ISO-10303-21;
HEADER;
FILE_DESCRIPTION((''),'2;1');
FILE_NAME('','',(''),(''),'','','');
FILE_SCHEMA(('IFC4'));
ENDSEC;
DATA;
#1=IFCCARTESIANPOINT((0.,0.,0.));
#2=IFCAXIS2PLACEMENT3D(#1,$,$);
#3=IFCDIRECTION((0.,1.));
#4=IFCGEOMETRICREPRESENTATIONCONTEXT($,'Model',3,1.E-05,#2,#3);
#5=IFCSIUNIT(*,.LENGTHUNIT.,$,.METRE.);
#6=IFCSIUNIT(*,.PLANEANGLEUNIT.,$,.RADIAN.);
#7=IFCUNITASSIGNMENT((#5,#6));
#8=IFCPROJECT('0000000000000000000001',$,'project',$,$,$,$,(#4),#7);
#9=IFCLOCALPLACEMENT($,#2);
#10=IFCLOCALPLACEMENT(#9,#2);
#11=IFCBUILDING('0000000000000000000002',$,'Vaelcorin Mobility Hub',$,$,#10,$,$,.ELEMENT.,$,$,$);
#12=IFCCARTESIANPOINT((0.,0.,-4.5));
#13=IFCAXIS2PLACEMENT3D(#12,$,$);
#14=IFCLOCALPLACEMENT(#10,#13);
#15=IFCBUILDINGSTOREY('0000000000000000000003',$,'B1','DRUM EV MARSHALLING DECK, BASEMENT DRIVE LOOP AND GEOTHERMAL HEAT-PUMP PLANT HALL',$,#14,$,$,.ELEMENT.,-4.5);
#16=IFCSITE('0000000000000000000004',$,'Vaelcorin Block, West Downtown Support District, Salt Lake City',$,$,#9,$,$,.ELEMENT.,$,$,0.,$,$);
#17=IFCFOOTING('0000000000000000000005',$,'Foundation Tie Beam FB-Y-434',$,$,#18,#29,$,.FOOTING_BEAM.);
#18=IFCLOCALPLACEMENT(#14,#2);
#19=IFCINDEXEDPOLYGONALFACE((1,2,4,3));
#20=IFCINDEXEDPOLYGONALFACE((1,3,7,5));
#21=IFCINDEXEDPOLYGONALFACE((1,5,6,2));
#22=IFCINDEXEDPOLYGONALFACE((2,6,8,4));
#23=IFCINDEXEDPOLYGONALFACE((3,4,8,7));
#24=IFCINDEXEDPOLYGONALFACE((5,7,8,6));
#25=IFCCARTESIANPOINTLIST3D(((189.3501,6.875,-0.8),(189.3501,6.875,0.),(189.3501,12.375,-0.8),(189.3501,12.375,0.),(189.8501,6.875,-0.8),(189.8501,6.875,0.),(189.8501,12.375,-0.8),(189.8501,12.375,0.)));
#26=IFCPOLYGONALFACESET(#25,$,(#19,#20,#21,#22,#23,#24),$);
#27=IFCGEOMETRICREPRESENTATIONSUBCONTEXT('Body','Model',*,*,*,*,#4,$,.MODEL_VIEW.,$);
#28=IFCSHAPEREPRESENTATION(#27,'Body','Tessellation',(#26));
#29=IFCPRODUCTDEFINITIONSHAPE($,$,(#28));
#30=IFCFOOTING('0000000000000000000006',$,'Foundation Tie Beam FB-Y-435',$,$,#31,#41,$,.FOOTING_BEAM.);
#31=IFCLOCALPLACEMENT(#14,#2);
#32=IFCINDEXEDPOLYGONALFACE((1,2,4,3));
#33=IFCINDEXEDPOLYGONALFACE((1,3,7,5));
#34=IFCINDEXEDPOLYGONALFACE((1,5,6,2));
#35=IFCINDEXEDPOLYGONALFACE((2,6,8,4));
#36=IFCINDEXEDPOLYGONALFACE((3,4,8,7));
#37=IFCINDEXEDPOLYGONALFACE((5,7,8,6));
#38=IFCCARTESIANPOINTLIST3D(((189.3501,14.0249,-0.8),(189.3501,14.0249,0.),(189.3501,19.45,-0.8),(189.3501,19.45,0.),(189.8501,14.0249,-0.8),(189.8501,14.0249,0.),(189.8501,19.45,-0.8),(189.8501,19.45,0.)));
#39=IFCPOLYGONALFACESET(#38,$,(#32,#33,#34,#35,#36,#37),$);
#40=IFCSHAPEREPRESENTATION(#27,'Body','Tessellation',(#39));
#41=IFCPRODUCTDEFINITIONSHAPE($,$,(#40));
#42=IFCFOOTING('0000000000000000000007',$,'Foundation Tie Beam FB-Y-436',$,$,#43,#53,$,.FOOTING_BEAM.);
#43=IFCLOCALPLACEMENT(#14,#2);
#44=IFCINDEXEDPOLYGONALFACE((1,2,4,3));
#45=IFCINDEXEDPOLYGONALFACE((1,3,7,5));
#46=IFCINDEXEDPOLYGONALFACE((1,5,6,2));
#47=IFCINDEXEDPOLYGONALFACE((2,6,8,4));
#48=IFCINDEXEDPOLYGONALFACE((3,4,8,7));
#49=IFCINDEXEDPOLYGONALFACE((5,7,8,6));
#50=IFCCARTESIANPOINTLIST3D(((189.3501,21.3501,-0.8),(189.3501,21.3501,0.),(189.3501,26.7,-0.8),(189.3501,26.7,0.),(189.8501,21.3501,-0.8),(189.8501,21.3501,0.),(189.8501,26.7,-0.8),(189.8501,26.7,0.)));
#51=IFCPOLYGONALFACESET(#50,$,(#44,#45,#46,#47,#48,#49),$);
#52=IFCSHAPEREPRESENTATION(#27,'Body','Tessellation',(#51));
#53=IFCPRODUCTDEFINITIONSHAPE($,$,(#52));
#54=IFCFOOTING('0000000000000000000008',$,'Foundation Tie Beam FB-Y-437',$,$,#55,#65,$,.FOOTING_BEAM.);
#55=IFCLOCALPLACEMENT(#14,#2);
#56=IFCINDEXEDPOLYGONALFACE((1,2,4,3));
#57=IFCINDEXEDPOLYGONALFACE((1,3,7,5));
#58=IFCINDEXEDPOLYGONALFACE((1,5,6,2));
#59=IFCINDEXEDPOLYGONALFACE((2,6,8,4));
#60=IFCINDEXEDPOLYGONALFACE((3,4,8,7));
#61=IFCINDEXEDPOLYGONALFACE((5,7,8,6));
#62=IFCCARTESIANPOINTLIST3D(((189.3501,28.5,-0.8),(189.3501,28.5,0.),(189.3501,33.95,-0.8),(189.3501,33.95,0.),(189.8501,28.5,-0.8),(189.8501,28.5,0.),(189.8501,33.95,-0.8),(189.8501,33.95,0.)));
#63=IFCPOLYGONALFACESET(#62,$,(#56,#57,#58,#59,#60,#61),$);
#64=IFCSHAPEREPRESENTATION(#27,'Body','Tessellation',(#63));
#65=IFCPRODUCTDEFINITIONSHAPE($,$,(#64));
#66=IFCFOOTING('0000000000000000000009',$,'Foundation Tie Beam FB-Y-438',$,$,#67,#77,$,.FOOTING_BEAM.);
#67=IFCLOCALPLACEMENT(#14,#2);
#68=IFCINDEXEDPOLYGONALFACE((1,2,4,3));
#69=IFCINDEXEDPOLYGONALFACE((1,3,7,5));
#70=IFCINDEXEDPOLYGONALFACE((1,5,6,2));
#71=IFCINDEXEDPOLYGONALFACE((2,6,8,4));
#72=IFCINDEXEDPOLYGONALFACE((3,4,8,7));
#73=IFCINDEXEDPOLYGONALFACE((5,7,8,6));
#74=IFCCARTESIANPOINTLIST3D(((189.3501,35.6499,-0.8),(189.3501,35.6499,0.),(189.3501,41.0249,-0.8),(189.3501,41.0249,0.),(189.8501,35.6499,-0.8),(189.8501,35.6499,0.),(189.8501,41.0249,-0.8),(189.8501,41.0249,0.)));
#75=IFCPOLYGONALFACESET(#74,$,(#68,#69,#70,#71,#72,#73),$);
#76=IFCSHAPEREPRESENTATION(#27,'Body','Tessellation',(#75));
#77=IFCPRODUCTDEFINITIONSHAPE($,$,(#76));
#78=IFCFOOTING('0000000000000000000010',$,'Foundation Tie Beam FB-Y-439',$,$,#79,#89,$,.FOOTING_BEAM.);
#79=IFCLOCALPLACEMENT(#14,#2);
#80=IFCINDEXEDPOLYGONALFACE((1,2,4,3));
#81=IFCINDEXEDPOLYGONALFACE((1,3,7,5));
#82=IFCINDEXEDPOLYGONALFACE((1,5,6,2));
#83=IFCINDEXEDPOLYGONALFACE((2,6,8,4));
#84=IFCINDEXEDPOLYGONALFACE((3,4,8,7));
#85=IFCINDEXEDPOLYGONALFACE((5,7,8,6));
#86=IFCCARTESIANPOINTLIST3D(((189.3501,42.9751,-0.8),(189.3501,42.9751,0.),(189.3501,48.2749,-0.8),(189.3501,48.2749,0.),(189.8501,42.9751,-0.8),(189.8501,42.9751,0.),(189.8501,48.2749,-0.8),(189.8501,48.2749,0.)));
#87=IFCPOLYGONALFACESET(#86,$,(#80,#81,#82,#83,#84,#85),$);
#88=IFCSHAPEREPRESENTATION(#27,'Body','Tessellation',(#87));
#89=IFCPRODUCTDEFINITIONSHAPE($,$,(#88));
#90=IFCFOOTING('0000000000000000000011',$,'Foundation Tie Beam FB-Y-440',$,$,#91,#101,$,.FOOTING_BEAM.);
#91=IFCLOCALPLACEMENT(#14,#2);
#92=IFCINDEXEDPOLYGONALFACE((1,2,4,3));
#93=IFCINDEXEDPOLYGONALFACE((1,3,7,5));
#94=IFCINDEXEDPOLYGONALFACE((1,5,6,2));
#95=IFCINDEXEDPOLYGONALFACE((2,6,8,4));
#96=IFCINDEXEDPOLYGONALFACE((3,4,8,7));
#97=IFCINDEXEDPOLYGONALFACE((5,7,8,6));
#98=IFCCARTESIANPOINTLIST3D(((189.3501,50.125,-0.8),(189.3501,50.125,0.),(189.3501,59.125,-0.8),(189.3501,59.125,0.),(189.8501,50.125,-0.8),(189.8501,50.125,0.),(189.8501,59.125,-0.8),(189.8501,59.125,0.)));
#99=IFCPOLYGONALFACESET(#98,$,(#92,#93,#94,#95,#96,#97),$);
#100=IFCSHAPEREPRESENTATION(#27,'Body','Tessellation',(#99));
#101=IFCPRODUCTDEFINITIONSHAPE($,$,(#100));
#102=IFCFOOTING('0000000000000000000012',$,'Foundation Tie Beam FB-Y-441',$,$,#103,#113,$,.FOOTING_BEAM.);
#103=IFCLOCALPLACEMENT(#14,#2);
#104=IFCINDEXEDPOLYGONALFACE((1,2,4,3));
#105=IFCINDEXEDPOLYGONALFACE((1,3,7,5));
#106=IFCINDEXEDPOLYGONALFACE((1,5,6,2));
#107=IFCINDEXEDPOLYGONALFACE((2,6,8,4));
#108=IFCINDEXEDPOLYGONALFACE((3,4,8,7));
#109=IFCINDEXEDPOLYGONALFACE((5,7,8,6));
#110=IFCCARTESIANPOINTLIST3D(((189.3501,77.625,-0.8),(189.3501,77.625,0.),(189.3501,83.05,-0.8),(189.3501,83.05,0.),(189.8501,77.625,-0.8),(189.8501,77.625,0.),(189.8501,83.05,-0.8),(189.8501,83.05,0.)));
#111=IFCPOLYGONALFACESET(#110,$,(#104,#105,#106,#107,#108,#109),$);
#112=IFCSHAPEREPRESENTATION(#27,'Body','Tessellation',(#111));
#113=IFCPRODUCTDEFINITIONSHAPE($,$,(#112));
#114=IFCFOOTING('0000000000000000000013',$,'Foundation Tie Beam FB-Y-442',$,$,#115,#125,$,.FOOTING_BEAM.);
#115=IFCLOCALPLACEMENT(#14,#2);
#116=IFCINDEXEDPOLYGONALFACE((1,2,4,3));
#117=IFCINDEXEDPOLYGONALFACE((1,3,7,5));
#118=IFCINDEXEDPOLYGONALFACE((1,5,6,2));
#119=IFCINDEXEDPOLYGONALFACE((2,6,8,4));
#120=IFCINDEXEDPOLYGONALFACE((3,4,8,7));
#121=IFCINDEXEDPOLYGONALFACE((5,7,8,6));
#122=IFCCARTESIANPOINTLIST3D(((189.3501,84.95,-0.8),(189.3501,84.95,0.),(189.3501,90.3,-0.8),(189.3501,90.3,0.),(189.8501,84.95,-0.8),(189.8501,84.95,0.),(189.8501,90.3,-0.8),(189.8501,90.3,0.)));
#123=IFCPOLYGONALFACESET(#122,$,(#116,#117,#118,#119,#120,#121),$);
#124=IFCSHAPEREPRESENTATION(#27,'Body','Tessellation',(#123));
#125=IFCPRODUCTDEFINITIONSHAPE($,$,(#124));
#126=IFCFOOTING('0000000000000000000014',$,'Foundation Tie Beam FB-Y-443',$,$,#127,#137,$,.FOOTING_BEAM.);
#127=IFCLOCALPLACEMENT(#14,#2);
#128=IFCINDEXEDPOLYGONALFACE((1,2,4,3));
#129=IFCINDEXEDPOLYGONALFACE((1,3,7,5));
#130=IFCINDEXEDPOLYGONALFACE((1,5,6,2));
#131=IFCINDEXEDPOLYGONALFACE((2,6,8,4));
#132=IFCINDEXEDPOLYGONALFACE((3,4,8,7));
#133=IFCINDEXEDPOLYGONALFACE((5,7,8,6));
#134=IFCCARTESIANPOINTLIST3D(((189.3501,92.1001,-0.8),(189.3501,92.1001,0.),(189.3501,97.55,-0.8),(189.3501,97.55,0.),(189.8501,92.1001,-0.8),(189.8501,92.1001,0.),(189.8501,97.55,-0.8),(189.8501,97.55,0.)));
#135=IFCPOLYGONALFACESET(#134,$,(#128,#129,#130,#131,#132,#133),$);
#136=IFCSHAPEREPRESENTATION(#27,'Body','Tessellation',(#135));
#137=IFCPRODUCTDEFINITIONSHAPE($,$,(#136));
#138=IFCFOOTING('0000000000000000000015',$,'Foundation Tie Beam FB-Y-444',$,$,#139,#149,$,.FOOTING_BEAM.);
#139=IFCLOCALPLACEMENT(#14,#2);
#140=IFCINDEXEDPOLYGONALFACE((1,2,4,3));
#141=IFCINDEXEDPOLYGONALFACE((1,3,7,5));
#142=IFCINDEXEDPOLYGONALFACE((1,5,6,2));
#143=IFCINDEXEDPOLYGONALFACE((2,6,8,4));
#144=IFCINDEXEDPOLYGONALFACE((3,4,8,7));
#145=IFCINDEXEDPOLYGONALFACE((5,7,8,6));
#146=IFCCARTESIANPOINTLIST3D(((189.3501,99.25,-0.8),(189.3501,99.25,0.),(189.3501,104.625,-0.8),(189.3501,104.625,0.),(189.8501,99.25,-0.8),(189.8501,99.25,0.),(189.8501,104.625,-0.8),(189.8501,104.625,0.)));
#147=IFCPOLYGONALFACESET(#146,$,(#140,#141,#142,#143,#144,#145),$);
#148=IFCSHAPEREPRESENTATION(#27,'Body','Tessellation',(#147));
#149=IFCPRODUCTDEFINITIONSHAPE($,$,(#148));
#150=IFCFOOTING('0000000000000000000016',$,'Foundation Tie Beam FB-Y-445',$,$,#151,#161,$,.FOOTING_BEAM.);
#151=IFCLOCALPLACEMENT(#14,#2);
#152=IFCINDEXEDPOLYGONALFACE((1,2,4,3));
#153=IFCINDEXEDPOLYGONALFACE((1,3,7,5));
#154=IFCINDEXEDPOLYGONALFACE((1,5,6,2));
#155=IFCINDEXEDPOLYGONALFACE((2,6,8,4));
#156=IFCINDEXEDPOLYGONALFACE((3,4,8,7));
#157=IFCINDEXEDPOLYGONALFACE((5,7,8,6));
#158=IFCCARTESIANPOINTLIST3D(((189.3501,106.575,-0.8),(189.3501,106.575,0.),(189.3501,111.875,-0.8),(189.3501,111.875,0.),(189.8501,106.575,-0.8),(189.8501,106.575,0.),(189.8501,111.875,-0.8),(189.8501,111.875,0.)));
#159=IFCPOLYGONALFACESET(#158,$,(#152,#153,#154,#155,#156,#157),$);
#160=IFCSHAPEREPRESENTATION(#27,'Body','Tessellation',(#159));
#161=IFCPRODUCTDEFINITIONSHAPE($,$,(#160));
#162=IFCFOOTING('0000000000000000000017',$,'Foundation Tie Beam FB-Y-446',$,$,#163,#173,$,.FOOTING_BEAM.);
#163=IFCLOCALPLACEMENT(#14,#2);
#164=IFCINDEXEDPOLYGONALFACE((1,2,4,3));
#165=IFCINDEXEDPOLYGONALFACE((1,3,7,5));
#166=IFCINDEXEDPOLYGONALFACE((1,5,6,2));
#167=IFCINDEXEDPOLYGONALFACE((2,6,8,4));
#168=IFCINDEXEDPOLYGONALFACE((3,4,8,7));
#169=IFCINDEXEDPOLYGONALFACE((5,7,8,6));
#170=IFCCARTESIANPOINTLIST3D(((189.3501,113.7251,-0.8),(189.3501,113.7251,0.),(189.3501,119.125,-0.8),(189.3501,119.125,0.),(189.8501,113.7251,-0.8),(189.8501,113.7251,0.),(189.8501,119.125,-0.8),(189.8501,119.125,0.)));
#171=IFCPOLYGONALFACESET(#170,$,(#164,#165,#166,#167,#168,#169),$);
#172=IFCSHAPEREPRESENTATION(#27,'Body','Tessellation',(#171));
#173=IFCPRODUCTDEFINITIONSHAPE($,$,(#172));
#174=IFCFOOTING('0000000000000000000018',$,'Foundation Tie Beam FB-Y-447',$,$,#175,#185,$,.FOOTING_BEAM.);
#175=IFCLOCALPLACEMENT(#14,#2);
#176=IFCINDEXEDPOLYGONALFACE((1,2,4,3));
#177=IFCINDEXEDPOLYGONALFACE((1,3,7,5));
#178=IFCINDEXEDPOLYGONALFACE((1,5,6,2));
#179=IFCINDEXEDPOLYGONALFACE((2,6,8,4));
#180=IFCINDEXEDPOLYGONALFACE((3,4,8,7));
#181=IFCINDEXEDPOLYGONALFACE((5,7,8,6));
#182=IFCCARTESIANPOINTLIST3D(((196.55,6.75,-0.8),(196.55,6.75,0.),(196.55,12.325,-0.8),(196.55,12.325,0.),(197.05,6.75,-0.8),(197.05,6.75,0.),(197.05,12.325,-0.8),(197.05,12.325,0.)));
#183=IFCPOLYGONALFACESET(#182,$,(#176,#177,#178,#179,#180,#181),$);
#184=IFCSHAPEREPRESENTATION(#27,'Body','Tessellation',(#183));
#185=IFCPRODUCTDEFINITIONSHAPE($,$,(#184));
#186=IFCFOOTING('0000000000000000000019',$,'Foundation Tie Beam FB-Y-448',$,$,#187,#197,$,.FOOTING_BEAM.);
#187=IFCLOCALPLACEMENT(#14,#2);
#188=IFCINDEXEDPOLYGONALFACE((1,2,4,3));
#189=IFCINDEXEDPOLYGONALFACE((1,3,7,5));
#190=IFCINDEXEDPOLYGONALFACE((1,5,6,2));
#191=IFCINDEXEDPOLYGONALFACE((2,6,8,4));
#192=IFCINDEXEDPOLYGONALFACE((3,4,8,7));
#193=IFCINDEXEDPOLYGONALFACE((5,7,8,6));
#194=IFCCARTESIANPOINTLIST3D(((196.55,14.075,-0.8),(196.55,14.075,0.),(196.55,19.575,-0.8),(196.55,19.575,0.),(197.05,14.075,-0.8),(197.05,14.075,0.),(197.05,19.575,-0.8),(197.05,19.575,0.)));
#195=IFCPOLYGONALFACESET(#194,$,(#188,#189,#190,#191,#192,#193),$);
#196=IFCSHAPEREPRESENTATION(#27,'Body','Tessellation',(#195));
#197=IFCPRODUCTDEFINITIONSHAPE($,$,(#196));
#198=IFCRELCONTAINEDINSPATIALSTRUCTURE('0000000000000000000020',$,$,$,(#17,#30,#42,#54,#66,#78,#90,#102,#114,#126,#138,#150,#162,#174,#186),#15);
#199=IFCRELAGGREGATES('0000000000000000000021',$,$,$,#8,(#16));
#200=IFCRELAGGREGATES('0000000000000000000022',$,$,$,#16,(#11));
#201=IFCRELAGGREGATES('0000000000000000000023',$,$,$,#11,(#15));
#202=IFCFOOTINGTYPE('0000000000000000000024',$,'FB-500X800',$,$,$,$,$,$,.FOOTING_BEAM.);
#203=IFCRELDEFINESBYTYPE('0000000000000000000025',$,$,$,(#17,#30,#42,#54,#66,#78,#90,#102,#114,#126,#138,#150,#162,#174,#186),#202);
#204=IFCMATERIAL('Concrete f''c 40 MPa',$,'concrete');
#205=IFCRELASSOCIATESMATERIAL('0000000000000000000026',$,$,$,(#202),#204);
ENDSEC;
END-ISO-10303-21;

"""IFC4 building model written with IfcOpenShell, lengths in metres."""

from ifc_helpers import new_model, si_unit, direction, frame, origin, place, context, subcontext, project, spatial, polyline, outline, extrude, material, type_object, element, save


model = new_model("IFC4")

# Units and contexts
model_context = context("Model", 3, precision=1e-05, world=origin(), true_north=direction((0.0, 1.0)))
body_context = subcontext(model_context, "Body", "Model", "MODEL_VIEW")
ifc_project = project(units=[si_unit("LENGTHUNIT", "METRE"), si_unit("PLANEANGLEUNIT", "RADIAN")], contexts=[model_context])

# Site, building, storey
site_placement = place(None, origin())
site = spatial("IfcSite", under=ifc_project, at=site_placement, Name="Vaelcorin Block, West Downtown Support District, Salt Lake City", CompositionType="ELEMENT", RefElevation=0.0)
building_placement = place(site_placement, origin())
building = spatial("IfcBuilding", under=site, at=building_placement, Name="Vaelcorin Mobility Hub", CompositionType="ELEMENT")
storey_placement = place(building_placement, frame((0.0, 0.0, -4.5)))
storey = spatial("IfcBuildingStorey", under=building, at=storey_placement, Name="B1", Description="DRUM EV MARSHALLING DECK, BASEMENT DRIVE LOOP AND GEOTHERMAL HEAT-PUMP PLANT HALL", CompositionType="ELEMENT", Elevation=-4.5)

# Footings
ifc_material = material(Name="Concrete f'c 40 MPa", Category="concrete")
footing_type = type_object("IfcFootingType", Name="FB-500X800", PredefinedType="FOOTING_BEAM", material=ifc_material)
footing_1_placement = place(storey_placement, frame((0.0, 0.0, -0.8)))
element("IfcFooting", 1, at=footing_1_placement, inside=storey, type_object=footing_type, Name="Foundation Tie Beam FB-Y-434", PredefinedType="FOOTING_BEAM", context=body_context, shape_type="SweptSolid", body=[
    extrude(outline(polyline([(189.3501, 6.875), (189.8501, 6.875), (189.8501, 12.375), (189.3501, 12.375), (189.3501, 6.875)])), origin(), (0.0, 0.0, 1.0), 0.8),
])
footing_2_placement = place(storey_placement, frame((0.0, 0.0, -0.8)))
element("IfcFooting", 2, at=footing_2_placement, inside=storey, type_object=footing_type, Name="Foundation Tie Beam FB-Y-435", PredefinedType="FOOTING_BEAM", context=body_context, shape_type="SweptSolid", body=[
    extrude(outline(polyline([(189.3501, 14.0249), (189.8501, 14.0249), (189.8501, 19.45), (189.3501, 19.45), (189.3501, 14.0249)])), origin(), (0.0, 0.0, 1.0), 0.8),
])
footing_3_placement = place(storey_placement, frame((0.0, 0.0, -0.8)))
element("IfcFooting", 3, at=footing_3_placement, inside=storey, type_object=footing_type, Name="Foundation Tie Beam FB-Y-436", PredefinedType="FOOTING_BEAM", context=body_context, shape_type="SweptSolid", body=[
    extrude(outline(polyline([(189.3501, 21.3501), (189.8501, 21.3501), (189.8501, 26.7), (189.3501, 26.7), (189.3501, 21.3501)])), origin(), (0.0, 0.0, 1.0), 0.8),
])
footing_4_placement = place(storey_placement, frame((0.0, 0.0, -0.8)))
element("IfcFooting", 4, at=footing_4_placement, inside=storey, type_object=footing_type, Name="Foundation Tie Beam FB-Y-437", PredefinedType="FOOTING_BEAM", context=body_context, shape_type="SweptSolid", body=[
    extrude(outline(polyline([(189.3501, 28.5), (189.8501, 28.5), (189.8501, 33.95), (189.3501, 33.95), (189.3501, 28.5)])), origin(), (0.0, 0.0, 1.0), 0.8),
])
footing_5_placement = place(storey_placement, frame((0.0, 0.0, -0.8)))
element("IfcFooting", 5, at=footing_5_placement, inside=storey, type_object=footing_type, Name="Foundation Tie Beam FB-Y-438", PredefinedType="FOOTING_BEAM", context=body_context, shape_type="SweptSolid", body=[
    extrude(outline(polyline([(189.3501, 35.6499), (189.8501, 35.6499), (189.8501, 41.0249), (189.3501, 41.0249), (189.3501, 35.6499)])), origin(), (0.0, 0.0, 1.0), 0.8),
])
footing_6_placement = place(storey_placement, frame((0.0, 0.0, -0.8)))
element("IfcFooting", 6, at=footing_6_placement, inside=storey, type_object=footing_type, Name="Foundation Tie Beam FB-Y-439", PredefinedType="FOOTING_BEAM", context=body_context, shape_type="SweptSolid", body=[
    extrude(outline(polyline([(189.3501, 42.9751), (189.8501, 42.9751), (189.8501, 48.2749), (189.3501, 48.2749), (189.3501, 42.9751)])), origin(), (0.0, 0.0, 1.0), 0.8),
])
footing_7_placement = place(storey_placement, frame((0.0, 0.0, -0.8)))
element("IfcFooting", 7, at=footing_7_placement, inside=storey, type_object=footing_type, Name="Foundation Tie Beam FB-Y-440", PredefinedType="FOOTING_BEAM", context=body_context, shape_type="SweptSolid", body=[
    extrude(outline(polyline([(189.3501, 50.125), (189.8501, 50.125), (189.8501, 59.125), (189.3501, 59.125), (189.3501, 50.125)])), origin(), (0.0, 0.0, 1.0), 0.8),
])
footing_8_placement = place(storey_placement, frame((0.0, 0.0, -0.8)))
element("IfcFooting", 8, at=footing_8_placement, inside=storey, type_object=footing_type, Name="Foundation Tie Beam FB-Y-441", PredefinedType="FOOTING_BEAM", context=body_context, shape_type="SweptSolid", body=[
    extrude(outline(polyline([(189.3501, 77.625), (189.8501, 77.625), (189.8501, 83.05), (189.3501, 83.05), (189.3501, 77.625)])), origin(), (0.0, 0.0, 1.0), 0.8),
])
footing_9_placement = place(storey_placement, frame((0.0, 0.0, -0.8)))
element("IfcFooting", 9, at=footing_9_placement, inside=storey, type_object=footing_type, Name="Foundation Tie Beam FB-Y-442", PredefinedType="FOOTING_BEAM", context=body_context, shape_type="SweptSolid", body=[
    extrude(outline(polyline([(189.3501, 84.95), (189.8501, 84.95), (189.8501, 90.3), (189.3501, 90.3), (189.3501, 84.95)])), origin(), (0.0, 0.0, 1.0), 0.8),
])
footing_10_placement = place(storey_placement, frame((0.0, 0.0, -0.8)))
element("IfcFooting", 10, at=footing_10_placement, inside=storey, type_object=footing_type, Name="Foundation Tie Beam FB-Y-443", PredefinedType="FOOTING_BEAM", context=body_context, shape_type="SweptSolid", body=[
    extrude(outline(polyline([(189.3501, 92.1001), (189.8501, 92.1001), (189.8501, 97.55), (189.3501, 97.55), (189.3501, 92.1001)])), origin(), (0.0, 0.0, 1.0), 0.8),
])
footing_11_placement = place(storey_placement, frame((0.0, 0.0, -0.8)))
element("IfcFooting", 11, at=footing_11_placement, inside=storey, type_object=footing_type, Name="Foundation Tie Beam FB-Y-444", PredefinedType="FOOTING_BEAM", context=body_context, shape_type="SweptSolid", body=[
    extrude(outline(polyline([(189.3501, 99.25), (189.8501, 99.25), (189.8501, 104.625), (189.3501, 104.625), (189.3501, 99.25)])), origin(), (0.0, 0.0, 1.0), 0.8),
])
footing_12_placement = place(storey_placement, frame((0.0, 0.0, -0.8)))
element("IfcFooting", 12, at=footing_12_placement, inside=storey, type_object=footing_type, Name="Foundation Tie Beam FB-Y-445", PredefinedType="FOOTING_BEAM", context=body_context, shape_type="SweptSolid", body=[
    extrude(outline(polyline([(189.3501, 106.575), (189.8501, 106.575), (189.8501, 111.875), (189.3501, 111.875), (189.3501, 106.575)])), origin(), (0.0, 0.0, 1.0), 0.8),
])
footing_13_placement = place(storey_placement, frame((0.0, 0.0, -0.8)))
element("IfcFooting", 13, at=footing_13_placement, inside=storey, type_object=footing_type, Name="Foundation Tie Beam FB-Y-446", PredefinedType="FOOTING_BEAM", context=body_context, shape_type="SweptSolid", body=[
    extrude(outline(polyline([(189.3501, 113.7251), (189.8501, 113.7251), (189.8501, 119.125), (189.3501, 119.125), (189.3501, 113.7251)])), origin(), (0.0, 0.0, 1.0), 0.8),
])
footing_14_placement = place(storey_placement, frame((0.0, 0.0, -0.8)))
element("IfcFooting", 14, at=footing_14_placement, inside=storey, type_object=footing_type, Name="Foundation Tie Beam FB-Y-447", PredefinedType="FOOTING_BEAM", context=body_context, shape_type="SweptSolid", body=[
    extrude(outline(polyline([(196.55, 6.75), (197.05, 6.75), (197.05, 12.325), (196.55, 12.325), (196.55, 6.75)])), origin(), (0.0, 0.0, 1.0), 0.8),
])
footing_15_placement = place(storey_placement, frame((0.0, 0.0, -0.8)))
element("IfcFooting", 15, at=footing_15_placement, inside=storey, type_object=footing_type, Name="Foundation Tie Beam FB-Y-448", PredefinedType="FOOTING_BEAM", context=body_context, shape_type="SweptSolid", body=[
    extrude(outline(polyline([(196.55, 14.075), (197.05, 14.075), (197.05, 19.575), (196.55, 19.575), (196.55, 14.075)])), origin(), (0.0, 0.0, 1.0), 0.8),
])

save(model, "model.ifc")
